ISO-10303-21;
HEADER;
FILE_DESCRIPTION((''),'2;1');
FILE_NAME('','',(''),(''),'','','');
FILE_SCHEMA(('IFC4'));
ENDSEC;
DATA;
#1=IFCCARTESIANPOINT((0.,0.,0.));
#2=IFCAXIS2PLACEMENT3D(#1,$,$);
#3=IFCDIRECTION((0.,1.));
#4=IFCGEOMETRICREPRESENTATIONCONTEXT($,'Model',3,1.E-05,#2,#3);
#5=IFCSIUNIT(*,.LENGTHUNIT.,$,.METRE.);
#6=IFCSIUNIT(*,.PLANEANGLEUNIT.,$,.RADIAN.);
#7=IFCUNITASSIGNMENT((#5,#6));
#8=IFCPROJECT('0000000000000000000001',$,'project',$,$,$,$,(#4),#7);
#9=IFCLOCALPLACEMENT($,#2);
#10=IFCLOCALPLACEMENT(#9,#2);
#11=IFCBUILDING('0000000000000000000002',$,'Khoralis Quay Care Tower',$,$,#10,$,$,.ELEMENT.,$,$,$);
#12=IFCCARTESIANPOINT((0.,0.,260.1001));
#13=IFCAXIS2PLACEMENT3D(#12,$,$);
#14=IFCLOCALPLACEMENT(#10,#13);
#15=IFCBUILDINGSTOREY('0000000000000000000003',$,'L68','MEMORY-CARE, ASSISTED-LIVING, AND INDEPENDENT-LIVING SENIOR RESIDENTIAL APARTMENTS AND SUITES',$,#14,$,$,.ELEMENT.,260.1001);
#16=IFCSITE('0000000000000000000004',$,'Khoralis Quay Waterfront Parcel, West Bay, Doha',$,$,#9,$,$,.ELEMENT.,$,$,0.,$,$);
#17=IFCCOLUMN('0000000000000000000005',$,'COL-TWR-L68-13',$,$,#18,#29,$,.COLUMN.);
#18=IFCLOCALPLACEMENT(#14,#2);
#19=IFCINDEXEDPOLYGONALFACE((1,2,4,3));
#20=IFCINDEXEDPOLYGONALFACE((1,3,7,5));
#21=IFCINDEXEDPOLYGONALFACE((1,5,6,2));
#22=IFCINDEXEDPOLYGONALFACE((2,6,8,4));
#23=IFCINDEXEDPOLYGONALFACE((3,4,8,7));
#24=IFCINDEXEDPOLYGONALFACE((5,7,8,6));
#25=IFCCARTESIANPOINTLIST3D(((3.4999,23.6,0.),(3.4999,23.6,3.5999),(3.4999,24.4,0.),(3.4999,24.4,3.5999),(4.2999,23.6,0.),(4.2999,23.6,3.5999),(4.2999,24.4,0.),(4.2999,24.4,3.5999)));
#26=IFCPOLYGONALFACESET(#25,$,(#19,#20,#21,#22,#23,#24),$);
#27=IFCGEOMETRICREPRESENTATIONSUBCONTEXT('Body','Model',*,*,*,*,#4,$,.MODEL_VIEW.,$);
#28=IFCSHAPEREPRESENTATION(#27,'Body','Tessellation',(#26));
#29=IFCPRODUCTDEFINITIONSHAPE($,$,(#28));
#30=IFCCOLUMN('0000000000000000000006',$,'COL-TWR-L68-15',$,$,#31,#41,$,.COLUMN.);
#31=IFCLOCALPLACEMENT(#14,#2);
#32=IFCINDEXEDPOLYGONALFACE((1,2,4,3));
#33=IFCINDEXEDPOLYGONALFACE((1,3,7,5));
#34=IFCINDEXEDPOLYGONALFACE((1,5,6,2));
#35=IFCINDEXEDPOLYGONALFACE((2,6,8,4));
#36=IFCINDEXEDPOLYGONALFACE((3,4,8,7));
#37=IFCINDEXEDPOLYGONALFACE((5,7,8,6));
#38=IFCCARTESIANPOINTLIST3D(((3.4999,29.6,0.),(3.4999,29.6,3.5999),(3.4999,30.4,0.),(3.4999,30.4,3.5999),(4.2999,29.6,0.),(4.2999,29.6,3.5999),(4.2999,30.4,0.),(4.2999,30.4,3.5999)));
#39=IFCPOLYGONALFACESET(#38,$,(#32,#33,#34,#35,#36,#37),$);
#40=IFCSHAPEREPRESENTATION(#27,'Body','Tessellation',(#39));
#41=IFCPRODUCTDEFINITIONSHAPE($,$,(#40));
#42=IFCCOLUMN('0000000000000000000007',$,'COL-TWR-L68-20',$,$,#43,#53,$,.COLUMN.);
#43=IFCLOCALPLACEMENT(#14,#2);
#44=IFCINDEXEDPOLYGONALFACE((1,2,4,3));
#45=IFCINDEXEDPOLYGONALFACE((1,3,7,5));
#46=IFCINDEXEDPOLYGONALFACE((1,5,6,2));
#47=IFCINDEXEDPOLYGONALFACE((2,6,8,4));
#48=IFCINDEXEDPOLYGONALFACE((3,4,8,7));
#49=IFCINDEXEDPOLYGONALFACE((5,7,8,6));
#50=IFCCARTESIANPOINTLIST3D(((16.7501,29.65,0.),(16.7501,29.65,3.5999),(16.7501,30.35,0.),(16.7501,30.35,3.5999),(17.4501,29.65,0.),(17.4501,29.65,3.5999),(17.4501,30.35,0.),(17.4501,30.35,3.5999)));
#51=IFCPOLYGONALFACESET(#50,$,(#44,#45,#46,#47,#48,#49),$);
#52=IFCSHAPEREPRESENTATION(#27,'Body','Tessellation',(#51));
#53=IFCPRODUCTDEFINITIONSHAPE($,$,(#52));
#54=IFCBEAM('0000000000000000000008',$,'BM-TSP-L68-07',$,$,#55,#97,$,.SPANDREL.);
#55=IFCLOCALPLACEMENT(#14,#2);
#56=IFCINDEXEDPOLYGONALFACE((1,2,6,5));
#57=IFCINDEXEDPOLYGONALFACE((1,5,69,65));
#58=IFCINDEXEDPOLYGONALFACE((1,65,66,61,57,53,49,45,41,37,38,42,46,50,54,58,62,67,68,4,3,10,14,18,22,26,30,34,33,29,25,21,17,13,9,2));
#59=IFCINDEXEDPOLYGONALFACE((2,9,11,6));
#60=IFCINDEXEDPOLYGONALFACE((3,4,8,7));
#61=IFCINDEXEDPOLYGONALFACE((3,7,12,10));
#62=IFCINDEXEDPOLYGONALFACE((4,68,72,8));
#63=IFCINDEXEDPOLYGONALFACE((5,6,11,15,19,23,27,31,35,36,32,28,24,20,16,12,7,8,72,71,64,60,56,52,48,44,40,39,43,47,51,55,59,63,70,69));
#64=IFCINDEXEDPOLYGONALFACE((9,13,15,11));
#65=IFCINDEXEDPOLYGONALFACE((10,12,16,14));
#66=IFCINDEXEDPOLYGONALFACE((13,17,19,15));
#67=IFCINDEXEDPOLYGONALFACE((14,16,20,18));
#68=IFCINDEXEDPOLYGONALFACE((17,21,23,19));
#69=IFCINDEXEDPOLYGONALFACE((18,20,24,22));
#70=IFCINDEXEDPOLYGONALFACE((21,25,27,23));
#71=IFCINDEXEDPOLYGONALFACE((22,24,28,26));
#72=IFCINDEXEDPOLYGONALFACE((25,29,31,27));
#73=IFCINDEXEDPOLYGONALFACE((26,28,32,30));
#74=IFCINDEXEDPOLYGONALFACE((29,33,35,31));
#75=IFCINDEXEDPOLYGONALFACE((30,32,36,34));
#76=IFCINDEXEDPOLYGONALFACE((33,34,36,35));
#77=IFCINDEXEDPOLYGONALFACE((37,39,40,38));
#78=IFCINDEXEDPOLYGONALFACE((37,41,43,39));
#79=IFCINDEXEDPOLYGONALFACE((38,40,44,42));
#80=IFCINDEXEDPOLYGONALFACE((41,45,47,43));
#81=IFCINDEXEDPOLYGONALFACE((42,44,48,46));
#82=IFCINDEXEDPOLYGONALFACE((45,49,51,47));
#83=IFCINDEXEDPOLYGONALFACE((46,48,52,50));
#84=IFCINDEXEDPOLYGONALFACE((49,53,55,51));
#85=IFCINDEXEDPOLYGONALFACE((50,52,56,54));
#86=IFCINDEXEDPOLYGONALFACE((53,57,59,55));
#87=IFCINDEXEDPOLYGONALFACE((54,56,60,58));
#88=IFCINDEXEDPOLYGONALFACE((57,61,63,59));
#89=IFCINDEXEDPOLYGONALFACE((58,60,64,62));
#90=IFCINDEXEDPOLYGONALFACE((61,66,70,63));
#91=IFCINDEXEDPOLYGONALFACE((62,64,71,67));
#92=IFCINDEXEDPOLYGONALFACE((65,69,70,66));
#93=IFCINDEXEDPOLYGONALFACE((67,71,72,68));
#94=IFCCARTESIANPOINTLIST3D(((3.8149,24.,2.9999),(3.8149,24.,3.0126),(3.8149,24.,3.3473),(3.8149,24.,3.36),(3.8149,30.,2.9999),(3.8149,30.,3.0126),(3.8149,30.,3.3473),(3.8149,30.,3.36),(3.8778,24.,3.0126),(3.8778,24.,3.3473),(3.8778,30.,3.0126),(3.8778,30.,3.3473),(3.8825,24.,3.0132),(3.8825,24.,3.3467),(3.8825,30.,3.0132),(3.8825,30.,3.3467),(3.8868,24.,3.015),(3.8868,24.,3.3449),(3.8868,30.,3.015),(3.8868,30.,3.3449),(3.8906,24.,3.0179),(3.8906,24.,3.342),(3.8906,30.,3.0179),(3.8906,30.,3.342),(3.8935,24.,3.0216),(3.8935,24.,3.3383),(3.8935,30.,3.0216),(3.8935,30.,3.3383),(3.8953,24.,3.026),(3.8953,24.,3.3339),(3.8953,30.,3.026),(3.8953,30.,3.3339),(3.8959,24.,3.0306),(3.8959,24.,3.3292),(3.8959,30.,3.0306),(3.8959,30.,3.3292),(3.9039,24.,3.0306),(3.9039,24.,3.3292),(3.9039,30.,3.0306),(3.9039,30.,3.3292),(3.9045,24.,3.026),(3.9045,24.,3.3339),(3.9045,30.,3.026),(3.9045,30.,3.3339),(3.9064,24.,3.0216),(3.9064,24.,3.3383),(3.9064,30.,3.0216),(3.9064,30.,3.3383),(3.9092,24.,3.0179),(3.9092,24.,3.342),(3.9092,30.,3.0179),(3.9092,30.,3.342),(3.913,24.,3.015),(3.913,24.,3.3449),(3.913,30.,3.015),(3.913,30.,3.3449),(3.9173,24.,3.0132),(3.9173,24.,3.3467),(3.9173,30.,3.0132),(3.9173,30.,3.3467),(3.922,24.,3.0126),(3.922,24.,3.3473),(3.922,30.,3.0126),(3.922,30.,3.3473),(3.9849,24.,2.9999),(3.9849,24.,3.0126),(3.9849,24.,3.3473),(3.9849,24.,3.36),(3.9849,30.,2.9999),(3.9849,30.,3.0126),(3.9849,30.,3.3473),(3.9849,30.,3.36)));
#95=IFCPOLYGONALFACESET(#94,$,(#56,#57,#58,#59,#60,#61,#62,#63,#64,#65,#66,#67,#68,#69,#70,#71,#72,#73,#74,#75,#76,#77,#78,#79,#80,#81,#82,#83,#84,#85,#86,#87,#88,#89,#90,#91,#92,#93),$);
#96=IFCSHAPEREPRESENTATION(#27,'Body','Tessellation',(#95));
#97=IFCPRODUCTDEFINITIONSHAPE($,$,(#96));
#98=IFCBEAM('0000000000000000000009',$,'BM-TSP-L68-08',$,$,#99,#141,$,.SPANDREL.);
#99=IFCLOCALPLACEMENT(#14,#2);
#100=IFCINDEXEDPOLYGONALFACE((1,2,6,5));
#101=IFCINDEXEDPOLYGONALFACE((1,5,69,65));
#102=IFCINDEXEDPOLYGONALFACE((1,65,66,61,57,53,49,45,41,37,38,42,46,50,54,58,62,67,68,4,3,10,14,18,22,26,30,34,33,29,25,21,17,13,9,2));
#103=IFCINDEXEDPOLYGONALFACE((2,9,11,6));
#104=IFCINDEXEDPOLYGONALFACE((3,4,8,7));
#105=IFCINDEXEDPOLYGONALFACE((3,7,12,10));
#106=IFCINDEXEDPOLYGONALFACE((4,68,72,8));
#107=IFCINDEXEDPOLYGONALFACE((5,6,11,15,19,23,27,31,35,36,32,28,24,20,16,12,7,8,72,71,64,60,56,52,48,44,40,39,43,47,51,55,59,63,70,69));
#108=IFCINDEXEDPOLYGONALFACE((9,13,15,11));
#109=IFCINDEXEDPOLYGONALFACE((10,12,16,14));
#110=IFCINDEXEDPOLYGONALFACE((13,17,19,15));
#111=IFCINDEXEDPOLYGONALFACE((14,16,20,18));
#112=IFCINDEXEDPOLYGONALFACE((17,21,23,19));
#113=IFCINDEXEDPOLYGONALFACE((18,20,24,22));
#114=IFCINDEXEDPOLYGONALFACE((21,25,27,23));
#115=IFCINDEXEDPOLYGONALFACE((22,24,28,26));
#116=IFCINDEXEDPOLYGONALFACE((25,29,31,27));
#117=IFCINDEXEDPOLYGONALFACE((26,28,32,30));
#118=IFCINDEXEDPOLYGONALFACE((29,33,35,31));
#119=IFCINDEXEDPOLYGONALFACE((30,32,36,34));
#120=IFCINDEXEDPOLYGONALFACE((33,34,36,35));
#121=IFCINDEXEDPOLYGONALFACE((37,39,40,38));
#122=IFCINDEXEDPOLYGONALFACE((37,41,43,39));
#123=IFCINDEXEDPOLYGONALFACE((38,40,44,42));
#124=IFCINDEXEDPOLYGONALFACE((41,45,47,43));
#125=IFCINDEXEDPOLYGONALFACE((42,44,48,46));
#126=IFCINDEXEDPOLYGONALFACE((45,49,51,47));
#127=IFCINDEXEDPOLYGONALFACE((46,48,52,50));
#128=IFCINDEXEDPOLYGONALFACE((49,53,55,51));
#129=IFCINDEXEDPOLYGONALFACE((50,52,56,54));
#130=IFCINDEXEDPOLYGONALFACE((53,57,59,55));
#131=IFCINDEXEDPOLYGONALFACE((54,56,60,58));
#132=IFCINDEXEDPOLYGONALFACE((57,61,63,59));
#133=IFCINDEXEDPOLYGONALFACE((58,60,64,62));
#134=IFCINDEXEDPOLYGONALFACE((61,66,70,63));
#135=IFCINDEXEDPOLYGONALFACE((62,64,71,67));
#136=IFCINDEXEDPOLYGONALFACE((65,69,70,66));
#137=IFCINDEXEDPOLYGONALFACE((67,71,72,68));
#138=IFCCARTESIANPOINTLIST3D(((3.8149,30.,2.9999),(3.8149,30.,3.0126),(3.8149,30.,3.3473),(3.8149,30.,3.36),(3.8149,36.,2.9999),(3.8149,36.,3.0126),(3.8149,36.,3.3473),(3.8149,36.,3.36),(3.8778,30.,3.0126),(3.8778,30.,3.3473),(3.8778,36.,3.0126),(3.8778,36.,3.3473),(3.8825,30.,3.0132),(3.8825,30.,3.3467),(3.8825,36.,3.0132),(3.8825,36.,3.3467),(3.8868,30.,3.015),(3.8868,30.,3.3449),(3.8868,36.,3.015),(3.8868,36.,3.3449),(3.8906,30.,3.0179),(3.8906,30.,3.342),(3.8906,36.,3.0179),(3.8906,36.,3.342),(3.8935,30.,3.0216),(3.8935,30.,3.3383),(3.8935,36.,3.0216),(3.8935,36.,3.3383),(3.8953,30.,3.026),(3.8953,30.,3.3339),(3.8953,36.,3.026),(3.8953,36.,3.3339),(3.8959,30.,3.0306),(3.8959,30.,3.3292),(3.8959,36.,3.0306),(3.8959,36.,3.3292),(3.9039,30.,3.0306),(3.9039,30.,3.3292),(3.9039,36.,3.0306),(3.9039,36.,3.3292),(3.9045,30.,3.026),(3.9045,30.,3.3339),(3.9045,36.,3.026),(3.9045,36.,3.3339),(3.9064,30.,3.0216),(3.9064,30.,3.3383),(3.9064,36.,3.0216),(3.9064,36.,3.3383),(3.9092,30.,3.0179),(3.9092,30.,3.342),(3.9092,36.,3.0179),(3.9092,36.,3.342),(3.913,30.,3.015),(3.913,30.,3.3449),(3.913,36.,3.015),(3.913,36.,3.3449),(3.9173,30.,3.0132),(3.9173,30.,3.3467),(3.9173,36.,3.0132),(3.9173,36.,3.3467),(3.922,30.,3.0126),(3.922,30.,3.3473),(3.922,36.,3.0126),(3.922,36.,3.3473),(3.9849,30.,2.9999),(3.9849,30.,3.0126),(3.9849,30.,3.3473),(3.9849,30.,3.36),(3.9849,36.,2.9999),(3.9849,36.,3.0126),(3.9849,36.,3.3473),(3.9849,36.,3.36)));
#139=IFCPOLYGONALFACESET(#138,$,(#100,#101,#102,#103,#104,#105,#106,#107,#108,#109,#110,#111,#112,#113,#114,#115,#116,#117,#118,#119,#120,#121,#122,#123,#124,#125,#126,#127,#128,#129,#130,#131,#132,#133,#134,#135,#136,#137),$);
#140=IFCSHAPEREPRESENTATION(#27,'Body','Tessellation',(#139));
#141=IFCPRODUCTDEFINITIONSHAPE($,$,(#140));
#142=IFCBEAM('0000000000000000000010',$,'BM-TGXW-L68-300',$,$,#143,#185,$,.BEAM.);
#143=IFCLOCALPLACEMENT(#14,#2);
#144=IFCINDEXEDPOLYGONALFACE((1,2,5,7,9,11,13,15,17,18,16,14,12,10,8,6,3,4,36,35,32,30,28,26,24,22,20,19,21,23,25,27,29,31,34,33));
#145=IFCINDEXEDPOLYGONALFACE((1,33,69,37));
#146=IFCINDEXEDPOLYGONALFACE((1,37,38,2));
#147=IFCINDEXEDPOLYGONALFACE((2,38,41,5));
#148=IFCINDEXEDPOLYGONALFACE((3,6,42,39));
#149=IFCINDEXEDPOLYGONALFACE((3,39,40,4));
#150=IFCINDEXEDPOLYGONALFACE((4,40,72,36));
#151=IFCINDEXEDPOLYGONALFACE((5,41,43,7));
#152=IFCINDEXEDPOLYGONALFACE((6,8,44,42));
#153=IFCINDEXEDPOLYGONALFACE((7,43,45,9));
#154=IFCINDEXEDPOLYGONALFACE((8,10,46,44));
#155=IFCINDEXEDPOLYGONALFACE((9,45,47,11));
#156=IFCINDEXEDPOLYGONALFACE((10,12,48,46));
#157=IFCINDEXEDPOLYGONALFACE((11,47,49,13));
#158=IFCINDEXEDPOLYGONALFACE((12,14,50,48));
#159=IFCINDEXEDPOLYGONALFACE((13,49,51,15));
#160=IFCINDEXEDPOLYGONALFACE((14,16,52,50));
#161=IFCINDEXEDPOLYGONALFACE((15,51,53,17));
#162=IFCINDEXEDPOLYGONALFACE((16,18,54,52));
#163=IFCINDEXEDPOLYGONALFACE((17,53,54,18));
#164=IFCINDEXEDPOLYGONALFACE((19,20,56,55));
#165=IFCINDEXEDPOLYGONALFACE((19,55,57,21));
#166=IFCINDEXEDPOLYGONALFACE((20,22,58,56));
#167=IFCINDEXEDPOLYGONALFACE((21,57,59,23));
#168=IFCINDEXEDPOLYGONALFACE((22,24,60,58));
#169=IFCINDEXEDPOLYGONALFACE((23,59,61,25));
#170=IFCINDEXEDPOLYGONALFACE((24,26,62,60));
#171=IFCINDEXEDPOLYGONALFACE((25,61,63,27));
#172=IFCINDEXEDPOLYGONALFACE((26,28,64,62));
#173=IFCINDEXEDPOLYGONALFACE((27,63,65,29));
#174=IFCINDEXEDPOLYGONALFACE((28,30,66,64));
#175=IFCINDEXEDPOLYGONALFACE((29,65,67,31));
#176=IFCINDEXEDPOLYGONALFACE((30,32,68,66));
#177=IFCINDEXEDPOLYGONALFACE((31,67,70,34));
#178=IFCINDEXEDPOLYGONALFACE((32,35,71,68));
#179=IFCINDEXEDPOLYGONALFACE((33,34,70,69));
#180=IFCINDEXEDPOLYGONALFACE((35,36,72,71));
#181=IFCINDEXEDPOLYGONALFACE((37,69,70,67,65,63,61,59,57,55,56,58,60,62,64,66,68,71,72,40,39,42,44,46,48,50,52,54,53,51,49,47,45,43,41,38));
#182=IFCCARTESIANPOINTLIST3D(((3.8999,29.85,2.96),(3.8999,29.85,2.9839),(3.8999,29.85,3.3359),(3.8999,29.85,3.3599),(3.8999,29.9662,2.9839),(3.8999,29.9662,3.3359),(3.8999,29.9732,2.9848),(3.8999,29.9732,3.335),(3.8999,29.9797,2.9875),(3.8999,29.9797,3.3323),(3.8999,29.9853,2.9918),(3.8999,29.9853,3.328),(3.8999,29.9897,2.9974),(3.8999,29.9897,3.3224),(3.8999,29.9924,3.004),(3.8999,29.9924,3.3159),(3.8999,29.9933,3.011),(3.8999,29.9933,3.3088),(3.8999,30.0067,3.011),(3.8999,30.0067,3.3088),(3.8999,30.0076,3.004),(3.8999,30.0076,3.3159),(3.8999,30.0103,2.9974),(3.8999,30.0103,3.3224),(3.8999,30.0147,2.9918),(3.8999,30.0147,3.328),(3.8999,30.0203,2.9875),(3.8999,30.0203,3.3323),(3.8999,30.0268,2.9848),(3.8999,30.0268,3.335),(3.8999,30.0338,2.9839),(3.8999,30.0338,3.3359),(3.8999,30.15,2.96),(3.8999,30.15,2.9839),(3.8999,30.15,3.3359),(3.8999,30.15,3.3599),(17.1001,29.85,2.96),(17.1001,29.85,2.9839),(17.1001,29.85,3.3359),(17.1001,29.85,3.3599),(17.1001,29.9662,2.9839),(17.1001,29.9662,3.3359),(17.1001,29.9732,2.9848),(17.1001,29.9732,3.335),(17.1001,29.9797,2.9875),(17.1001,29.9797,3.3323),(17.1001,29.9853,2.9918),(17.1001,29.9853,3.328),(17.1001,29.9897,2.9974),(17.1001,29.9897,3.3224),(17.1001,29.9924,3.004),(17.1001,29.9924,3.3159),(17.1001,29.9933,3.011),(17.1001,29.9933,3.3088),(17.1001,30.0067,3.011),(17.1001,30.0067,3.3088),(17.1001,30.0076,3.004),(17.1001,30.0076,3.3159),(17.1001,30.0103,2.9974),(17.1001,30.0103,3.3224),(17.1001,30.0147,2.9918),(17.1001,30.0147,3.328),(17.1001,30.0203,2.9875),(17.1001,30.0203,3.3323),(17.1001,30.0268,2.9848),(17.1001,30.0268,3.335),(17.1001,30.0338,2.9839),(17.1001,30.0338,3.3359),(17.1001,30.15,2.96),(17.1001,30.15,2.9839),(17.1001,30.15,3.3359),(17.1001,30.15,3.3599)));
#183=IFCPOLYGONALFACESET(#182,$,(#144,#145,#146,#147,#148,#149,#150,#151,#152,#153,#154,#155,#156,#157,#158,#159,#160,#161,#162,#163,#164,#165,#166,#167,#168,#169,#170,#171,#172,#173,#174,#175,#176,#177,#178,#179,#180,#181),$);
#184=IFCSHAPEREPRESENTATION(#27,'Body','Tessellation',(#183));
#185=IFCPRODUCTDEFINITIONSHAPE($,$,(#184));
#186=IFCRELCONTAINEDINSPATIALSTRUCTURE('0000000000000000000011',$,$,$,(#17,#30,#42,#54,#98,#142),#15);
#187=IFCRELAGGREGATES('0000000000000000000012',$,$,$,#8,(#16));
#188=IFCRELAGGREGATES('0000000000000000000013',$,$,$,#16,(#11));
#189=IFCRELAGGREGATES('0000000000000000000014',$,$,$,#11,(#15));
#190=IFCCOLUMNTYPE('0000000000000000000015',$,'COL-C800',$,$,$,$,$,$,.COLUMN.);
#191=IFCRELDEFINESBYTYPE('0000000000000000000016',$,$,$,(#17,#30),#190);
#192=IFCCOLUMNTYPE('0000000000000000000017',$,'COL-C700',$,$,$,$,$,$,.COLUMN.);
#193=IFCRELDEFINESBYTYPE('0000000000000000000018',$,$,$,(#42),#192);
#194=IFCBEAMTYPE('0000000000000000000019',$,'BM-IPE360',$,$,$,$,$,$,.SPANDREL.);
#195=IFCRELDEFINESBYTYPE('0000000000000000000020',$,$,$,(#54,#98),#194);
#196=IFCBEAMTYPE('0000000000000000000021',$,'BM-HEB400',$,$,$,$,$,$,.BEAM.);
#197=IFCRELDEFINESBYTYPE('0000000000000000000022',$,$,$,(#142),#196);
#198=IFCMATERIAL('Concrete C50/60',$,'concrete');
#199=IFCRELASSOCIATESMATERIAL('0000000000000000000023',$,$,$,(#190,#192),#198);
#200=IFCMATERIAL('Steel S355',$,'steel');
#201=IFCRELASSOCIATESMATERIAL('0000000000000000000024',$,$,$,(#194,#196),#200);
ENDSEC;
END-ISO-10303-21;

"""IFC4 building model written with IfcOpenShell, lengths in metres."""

from ifc_helpers import new_model, si_unit, direction, frame, origin, origin_2d, place, context, subcontext, project, spatial, rectangle, i_section, extrude, source, transform, mapped, material, material_profile, profile_set, type_object, element, save


model = new_model("IFC4")

# Units and contexts
model_context = context("Model", 3, precision=1e-05, world=origin(), true_north=direction((0.0, 1.0)))
body_context = subcontext(model_context, "Body", "Model", "MODEL_VIEW")
ifc_project = project(units=[si_unit("LENGTHUNIT", "METRE"), si_unit("PLANEANGLEUNIT", "RADIAN")], contexts=[model_context])

# Site, building, storey
site_placement = place(None, origin())
site = spatial("IfcSite", under=ifc_project, at=site_placement, Name="Khoralis Quay Waterfront Parcel, West Bay, Doha", CompositionType="ELEMENT", RefElevation=0.0)
building_placement = place(site_placement, origin())
building = spatial("IfcBuilding", under=site, at=building_placement, Name="Khoralis Quay Care Tower", CompositionType="ELEMENT")
storey_placement = place(building_placement, frame((0.0, 0.0, 260.1001)))
storey = spatial("IfcBuildingStorey", under=building, at=storey_placement, Name="L68", Description="MEMORY-CARE, ASSISTED-LIVING, AND INDEPENDENT-LIVING SENIOR RESIDENTIAL APARTMENTS AND SUITES", CompositionType="ELEMENT", Elevation=260.1001)

# Columns
ifc_material_1 = material(Name="Concrete C50/60", Category="concrete")
ifc_material_profile_1 = material_profile(ifc_material_1, rectangle(XDim=0.8, YDim=0.8, at=origin_2d()), Name="Concrete C50/60")
ifc_profile_set_1 = profile_set([ifc_material_profile_1], Name="Concrete C50/60")
column_type_1 = type_object("IfcColumnType", Name="COL-C800", PredefinedType="COLUMN", material=ifc_profile_set_1)
shared_shape_1 = source(origin(), body_context, "Body", "SweptSolid", [
    extrude(rectangle(XDim=0.8, YDim=0.8, at=origin_2d()), origin(), (0.0, 0.0, 1.0), 3.5999),
])
for number, where, z_axis, x_axis, name in (
    (1, (3.8999, 24.0, 0.0), (0.0, 0.0, 1.0), (1.0, 0.0, 0.0), "COL-TWR-L68-13"),
    (2, (3.8999, 30.0, 0.0), (0.0, 0.0, 1.0), (1.0, 0.0, 0.0), "COL-TWR-L68-15"),
):
    element("IfcColumn", number, at=place(storey_placement, frame(where, z_axis=z_axis, x_axis=x_axis)), inside=storey, type_object=column_type_1, Name=name, PredefinedType="COLUMN", context=body_context, shape_type="MappedRepresentation", body=[
        mapped(shared_shape_1, transform((0.0, 0.0, 0.0), scale=1.0)),
    ])
ifc_material_profile_2 = material_profile(ifc_material_1, rectangle(XDim=0.7, YDim=0.7, at=origin_2d()), Name="Concrete C50/60")
ifc_profile_set_2 = profile_set([ifc_material_profile_2], Name="Concrete C50/60")
column_type_2 = type_object("IfcColumnType", Name="COL-C700", PredefinedType="COLUMN", material=ifc_profile_set_2)
shared_shape_2 = source(origin(), body_context, "Body", "SweptSolid", [
    extrude(rectangle(XDim=0.7, YDim=0.7, at=origin_2d()), origin(), (0.0, 0.0, 1.0), 3.5999),
])
column_placement = place(storey_placement, frame((17.1001, 30.0, 0.0), z_axis=(0.0, 0.0, 1.0), x_axis=(1.0, 0.0, 0.0)))
element("IfcColumn", 3, at=column_placement, inside=storey, type_object=column_type_2, Name="COL-TWR-L68-20", PredefinedType="COLUMN", context=body_context, shape_type="MappedRepresentation", body=[
    mapped(shared_shape_2, transform((0.0, 0.0, 0.0), scale=1.0)),
])

# Beams
ifc_material_2 = material(Name="Steel S355", Category="steel")
ifc_material_profile_3 = material_profile(ifc_material_2, i_section(OverallWidth=0.1699, OverallDepth=0.3601, WebThickness=0.0081, FlangeThickness=0.0127, FilletRadius=0.0181, at=origin_2d()), Name="Steel S355")
ifc_profile_set_3 = profile_set([ifc_material_profile_3], Name="Steel S355")
beam_type_1 = type_object("IfcBeamType", Name="BM-IPE360", PredefinedType="SPANDREL", material=ifc_profile_set_3)
shared_shape_3 = source(origin(), body_context, "Body", "SweptSolid", [
    extrude(i_section(OverallWidth=0.1699, OverallDepth=0.3601, WebThickness=0.0081, FlangeThickness=0.0127, FilletRadius=0.0181, at=origin_2d()), origin(), (0.0, 0.0, 1.0), 6.0),
])
for number, where, z_axis, x_axis, name in (
    (4, (3.8999, 24.0, 3.1799), (0.0, 1.0, 0.0), (-1.0, 0.0, 0.0), "BM-TSP-L68-07"),
    (5, (3.8999, 30.0, 3.1799), (0.0, 1.0, 0.0), (-1.0, 0.0, 0.0), "BM-TSP-L68-08"),
):
    element("IfcBeam", number, at=place(storey_placement, frame(where, z_axis=z_axis, x_axis=x_axis)), inside=storey, type_object=beam_type_1, Name=name, PredefinedType="SPANDREL", context=body_context, shape_type="MappedRepresentation", body=[
        mapped(shared_shape_3, transform((0.0, 0.0, 0.0), scale=1.0)),
    ])
ifc_material_profile_4 = material_profile(ifc_material_2, i_section(OverallWidth=0.3, OverallDepth=0.3999, WebThickness=0.0134, FlangeThickness=0.0239, FilletRadius=0.0271, at=origin_2d()), Name="Steel S355")
ifc_profile_set_4 = profile_set([ifc_material_profile_4], Name="Steel S355")
beam_type_2 = type_object("IfcBeamType", Name="BM-HEB400", PredefinedType="BEAM", material=ifc_profile_set_4)
shared_shape_4 = source(origin(), body_context, "Body", "SweptSolid", [
    extrude(i_section(OverallWidth=0.3, OverallDepth=0.3999, WebThickness=0.0134, FlangeThickness=0.0239, FilletRadius=0.0271, at=origin_2d()), origin(), (0.0, 0.0, 1.0), 13.2002),
])
beam_1_placement = place(storey_placement, frame((3.8999, 30.0, 3.1599), z_axis=(1.0, 0.0, 0.0), x_axis=(0.0, 1.0, 0.0)))
element("IfcBeam", 6, at=beam_1_placement, inside=storey, type_object=beam_type_2, Name="BM-TGXW-L68-300", PredefinedType="BEAM", context=body_context, shape_type="MappedRepresentation", body=[
    mapped(shared_shape_4, transform((0.0, 0.0, 0.0), scale=1.0)),
])

save(model, "model.ifc")
